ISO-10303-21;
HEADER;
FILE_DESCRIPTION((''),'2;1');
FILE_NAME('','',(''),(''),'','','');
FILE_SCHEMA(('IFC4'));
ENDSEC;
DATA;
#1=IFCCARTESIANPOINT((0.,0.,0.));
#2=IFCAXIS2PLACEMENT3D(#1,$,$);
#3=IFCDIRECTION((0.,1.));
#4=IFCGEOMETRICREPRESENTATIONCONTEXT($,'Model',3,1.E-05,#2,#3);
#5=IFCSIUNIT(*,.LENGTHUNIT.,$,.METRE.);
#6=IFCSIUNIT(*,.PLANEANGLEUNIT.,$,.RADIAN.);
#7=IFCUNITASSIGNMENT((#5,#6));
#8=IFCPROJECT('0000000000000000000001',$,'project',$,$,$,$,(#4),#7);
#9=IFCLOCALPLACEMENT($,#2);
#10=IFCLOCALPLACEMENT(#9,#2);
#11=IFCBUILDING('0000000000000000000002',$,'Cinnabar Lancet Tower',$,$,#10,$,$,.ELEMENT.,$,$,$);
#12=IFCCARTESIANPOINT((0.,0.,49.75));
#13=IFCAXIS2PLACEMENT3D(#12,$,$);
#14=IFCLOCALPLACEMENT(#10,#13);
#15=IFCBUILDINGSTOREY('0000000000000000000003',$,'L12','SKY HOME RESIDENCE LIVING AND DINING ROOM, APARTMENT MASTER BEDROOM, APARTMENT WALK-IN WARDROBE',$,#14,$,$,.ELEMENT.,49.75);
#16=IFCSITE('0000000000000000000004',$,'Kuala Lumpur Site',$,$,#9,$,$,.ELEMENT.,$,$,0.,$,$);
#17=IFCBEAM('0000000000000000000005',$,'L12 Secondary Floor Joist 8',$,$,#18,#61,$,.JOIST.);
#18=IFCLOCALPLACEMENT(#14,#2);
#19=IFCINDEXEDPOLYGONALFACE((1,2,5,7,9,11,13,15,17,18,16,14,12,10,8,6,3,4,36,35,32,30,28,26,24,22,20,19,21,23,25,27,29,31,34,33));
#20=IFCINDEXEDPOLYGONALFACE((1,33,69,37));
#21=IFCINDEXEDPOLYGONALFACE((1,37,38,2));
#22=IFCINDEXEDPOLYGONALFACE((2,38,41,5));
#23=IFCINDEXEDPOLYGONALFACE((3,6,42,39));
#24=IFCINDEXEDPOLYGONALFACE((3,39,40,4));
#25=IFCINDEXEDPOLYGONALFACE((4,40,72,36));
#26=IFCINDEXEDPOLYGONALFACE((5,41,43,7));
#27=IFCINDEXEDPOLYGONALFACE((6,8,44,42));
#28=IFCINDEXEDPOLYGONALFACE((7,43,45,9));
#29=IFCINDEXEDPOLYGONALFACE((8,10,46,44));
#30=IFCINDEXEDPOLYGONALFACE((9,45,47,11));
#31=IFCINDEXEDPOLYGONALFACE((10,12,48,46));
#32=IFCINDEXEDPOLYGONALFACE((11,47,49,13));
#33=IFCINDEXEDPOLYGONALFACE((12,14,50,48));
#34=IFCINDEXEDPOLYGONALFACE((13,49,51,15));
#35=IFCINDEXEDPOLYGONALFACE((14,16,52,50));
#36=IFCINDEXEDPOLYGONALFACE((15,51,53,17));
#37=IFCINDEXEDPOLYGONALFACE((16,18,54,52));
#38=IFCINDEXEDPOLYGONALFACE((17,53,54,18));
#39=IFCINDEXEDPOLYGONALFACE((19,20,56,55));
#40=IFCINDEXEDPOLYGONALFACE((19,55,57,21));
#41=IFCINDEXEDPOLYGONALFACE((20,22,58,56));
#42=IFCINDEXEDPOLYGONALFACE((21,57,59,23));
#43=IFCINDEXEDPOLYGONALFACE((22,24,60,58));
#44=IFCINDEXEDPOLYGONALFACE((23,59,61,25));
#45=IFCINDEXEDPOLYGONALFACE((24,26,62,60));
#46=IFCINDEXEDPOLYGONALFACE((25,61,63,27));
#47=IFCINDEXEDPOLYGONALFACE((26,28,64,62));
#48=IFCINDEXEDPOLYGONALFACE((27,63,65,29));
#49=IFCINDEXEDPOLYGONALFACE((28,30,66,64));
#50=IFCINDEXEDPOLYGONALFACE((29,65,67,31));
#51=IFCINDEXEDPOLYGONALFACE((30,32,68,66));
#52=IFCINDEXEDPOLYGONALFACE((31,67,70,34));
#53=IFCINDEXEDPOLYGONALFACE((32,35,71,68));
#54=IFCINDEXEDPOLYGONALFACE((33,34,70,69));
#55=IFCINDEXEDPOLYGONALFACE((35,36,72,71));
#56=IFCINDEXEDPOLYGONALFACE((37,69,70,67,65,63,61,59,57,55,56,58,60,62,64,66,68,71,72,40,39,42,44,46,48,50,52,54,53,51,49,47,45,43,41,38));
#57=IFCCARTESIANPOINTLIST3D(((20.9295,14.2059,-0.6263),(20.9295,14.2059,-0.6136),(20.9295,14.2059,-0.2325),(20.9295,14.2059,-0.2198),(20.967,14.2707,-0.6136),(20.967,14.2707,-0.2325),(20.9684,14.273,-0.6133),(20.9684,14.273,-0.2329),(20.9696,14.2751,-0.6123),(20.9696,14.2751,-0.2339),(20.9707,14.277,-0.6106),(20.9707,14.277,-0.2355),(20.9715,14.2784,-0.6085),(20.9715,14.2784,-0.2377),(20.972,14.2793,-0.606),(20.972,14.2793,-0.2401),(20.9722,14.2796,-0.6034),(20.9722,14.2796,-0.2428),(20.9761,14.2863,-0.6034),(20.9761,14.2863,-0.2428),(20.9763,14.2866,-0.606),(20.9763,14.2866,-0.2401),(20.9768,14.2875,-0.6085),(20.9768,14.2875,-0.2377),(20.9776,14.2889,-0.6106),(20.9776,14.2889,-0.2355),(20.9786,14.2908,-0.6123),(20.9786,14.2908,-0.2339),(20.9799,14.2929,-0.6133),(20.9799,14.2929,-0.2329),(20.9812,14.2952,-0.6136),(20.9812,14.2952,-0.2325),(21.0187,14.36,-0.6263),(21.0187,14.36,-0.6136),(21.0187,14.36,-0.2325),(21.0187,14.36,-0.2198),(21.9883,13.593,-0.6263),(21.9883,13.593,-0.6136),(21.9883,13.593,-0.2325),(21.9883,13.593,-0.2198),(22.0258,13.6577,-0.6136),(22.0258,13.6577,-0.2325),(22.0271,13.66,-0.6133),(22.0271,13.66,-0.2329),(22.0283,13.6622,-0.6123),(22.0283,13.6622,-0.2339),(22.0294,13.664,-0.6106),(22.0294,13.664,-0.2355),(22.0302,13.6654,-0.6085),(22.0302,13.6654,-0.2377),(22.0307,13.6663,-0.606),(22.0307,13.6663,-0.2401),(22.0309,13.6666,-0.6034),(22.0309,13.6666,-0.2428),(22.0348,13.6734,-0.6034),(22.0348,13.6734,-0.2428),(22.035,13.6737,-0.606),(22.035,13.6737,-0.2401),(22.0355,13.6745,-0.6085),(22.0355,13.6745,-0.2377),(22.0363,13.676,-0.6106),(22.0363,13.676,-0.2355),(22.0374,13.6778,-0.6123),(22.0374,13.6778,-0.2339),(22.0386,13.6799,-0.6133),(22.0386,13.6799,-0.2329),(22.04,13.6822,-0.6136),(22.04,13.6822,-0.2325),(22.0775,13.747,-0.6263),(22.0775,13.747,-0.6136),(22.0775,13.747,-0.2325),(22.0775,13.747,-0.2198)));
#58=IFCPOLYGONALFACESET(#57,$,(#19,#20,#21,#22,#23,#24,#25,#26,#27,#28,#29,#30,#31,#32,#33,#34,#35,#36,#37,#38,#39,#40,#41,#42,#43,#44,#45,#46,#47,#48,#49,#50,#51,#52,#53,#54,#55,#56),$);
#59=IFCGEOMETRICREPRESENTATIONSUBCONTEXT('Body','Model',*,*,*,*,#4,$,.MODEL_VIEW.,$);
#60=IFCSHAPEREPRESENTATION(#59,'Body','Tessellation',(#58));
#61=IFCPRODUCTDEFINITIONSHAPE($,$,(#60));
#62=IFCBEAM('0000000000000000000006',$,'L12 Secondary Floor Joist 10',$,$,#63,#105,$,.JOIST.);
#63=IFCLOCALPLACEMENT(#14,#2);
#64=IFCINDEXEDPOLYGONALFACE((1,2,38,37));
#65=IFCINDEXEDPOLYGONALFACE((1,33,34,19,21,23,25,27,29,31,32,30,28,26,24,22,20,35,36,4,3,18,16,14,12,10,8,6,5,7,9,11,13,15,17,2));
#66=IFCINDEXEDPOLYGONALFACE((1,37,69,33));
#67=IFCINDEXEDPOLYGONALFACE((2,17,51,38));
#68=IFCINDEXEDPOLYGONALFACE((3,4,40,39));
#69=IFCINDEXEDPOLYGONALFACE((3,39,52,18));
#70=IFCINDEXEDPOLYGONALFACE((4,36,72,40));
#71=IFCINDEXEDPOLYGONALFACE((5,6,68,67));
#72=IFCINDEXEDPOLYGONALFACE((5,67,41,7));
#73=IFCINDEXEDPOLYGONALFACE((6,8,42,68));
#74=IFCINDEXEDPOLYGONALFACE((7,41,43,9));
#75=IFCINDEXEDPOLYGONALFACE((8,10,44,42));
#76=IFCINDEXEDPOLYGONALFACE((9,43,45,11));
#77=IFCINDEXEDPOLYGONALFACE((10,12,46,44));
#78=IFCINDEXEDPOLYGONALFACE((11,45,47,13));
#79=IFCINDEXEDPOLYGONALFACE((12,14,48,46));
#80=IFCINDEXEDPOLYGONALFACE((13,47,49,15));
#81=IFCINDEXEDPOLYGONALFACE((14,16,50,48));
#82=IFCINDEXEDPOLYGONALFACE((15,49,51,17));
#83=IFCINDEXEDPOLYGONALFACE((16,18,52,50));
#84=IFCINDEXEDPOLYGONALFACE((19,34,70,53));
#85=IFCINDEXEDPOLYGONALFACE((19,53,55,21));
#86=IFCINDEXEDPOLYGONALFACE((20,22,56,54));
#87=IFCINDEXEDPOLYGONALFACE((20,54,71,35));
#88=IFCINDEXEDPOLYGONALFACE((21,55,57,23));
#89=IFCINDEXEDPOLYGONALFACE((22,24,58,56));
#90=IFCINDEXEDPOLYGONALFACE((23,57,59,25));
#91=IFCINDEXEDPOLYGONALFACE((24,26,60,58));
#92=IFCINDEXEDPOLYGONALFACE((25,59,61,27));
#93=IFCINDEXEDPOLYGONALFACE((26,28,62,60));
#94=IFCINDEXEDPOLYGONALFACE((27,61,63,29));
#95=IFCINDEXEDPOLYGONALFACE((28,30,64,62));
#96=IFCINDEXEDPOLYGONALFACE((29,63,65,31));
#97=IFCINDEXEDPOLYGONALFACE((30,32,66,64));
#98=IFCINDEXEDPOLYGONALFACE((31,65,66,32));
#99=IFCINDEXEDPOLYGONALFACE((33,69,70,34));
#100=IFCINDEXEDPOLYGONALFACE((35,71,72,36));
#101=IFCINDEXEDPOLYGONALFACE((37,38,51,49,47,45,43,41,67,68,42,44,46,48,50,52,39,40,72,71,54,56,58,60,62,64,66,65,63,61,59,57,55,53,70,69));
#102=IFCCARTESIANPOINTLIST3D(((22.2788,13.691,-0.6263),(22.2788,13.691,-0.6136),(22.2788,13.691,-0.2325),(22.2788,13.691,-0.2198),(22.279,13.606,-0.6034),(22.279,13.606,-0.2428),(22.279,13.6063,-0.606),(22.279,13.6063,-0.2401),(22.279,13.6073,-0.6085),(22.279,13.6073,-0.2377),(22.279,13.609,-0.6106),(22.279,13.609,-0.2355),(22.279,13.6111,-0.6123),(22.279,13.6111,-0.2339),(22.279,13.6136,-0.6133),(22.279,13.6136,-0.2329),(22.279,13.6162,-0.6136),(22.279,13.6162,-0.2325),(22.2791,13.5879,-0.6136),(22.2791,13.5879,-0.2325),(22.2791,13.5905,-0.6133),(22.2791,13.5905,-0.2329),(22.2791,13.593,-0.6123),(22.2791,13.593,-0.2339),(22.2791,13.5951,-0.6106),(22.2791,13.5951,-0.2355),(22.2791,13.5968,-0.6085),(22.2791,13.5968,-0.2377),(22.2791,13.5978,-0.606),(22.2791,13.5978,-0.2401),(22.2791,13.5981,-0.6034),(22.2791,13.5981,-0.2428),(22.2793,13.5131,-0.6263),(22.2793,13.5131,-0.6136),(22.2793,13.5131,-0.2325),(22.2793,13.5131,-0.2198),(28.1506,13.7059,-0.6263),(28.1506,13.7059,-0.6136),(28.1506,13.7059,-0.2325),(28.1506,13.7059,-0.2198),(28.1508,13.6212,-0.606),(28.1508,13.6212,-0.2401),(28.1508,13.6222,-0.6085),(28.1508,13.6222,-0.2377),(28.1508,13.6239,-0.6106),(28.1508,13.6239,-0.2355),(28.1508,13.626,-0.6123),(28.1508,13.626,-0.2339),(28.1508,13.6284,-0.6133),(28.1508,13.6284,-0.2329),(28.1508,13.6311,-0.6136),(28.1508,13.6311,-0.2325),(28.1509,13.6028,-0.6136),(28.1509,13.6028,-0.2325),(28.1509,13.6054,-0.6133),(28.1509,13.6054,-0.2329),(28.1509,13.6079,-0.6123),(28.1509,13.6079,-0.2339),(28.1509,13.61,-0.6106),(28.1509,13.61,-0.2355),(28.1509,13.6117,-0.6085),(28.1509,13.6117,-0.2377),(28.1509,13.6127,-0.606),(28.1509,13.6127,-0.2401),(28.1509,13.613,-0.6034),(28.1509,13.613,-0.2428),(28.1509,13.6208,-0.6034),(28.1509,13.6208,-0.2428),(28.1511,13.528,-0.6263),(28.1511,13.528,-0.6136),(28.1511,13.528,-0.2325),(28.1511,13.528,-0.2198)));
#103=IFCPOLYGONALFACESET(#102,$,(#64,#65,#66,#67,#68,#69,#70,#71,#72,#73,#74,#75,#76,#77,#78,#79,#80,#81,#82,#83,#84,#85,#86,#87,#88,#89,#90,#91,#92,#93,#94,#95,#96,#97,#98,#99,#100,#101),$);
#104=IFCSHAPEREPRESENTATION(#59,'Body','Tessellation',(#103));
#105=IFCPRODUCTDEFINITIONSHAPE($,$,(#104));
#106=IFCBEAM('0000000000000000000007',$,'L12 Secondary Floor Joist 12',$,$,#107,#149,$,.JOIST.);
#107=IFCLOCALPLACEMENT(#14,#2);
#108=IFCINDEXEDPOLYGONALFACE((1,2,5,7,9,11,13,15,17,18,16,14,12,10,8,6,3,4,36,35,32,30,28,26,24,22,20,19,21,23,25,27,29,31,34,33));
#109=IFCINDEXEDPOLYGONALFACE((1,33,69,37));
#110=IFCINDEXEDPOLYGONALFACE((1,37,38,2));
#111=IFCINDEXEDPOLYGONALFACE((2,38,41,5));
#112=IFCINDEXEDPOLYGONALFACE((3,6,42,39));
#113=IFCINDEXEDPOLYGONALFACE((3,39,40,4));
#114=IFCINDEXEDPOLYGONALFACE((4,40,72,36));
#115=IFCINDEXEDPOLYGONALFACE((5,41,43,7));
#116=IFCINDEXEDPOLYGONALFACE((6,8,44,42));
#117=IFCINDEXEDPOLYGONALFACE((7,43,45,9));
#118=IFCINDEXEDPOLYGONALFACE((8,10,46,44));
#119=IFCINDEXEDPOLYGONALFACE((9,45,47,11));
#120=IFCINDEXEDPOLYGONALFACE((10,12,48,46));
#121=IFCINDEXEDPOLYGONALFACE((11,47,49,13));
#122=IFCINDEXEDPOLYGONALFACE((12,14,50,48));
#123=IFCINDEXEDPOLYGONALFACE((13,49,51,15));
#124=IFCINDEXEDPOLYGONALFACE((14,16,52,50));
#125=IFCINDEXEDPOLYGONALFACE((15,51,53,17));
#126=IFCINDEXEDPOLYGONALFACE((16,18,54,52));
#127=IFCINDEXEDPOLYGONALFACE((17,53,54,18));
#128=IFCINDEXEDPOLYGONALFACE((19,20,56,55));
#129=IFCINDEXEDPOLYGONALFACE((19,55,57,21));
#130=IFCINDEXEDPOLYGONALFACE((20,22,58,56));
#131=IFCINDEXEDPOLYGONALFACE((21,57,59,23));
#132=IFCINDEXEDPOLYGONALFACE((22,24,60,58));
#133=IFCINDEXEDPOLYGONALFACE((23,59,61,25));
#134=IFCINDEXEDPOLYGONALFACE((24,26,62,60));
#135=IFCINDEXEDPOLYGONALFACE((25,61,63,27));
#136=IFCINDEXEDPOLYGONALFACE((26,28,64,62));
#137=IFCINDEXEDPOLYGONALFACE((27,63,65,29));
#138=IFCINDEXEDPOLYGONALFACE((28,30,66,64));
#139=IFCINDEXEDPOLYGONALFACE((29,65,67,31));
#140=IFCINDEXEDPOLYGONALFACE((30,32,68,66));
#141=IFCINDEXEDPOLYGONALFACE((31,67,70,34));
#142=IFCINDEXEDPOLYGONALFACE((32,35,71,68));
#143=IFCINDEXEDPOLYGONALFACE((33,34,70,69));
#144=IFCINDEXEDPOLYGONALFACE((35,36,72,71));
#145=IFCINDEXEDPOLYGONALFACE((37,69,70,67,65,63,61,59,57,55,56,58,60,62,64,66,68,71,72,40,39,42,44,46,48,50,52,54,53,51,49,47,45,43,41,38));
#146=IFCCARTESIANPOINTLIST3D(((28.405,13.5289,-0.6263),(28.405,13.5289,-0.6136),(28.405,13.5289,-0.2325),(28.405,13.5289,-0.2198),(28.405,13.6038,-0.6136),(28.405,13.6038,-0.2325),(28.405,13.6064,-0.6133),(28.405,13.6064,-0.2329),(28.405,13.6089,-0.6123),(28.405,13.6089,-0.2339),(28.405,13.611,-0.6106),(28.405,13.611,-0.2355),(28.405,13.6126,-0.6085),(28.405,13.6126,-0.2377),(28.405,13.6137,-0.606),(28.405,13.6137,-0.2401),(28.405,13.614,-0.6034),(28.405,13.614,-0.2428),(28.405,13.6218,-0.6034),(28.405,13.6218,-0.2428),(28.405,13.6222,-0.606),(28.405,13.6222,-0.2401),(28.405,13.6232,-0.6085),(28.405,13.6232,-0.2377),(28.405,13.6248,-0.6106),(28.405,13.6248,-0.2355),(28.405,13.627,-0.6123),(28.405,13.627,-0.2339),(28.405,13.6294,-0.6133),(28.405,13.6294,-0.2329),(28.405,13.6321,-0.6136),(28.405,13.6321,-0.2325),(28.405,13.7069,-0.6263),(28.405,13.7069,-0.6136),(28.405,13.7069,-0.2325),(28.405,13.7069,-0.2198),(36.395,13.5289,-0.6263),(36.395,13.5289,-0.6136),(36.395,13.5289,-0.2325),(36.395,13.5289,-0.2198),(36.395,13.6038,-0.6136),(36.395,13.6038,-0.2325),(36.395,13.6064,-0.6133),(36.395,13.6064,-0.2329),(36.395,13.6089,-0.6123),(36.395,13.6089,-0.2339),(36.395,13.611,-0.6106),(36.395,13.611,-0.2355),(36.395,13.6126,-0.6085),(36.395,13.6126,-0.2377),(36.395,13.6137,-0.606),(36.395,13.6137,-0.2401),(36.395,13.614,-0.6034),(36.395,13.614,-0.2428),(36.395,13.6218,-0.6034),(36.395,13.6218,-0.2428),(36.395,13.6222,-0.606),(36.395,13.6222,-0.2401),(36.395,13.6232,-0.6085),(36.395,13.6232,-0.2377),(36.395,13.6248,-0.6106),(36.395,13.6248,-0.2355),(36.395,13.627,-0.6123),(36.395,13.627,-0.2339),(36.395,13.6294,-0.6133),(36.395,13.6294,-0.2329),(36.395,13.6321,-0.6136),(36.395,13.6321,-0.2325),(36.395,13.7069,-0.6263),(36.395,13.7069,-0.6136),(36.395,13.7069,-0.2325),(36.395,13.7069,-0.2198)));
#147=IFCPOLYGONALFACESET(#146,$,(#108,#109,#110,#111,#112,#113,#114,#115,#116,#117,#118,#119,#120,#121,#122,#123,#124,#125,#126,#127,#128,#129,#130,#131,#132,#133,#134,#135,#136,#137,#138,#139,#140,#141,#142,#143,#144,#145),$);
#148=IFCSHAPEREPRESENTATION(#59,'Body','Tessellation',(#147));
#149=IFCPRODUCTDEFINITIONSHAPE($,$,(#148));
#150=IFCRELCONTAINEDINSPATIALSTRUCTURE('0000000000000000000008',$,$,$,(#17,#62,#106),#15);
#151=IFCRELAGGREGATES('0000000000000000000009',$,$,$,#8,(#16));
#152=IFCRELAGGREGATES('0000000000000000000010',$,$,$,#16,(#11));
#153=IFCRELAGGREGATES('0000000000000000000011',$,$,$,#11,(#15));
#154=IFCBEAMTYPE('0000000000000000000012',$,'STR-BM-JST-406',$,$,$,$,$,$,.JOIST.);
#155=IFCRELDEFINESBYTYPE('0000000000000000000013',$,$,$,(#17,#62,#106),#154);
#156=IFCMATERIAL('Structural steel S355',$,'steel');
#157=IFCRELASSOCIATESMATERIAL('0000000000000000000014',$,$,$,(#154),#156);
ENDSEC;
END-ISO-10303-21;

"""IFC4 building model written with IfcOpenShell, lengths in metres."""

from ifc_helpers import new_model, si_unit, direction, frame, origin, origin_2d, place, context, subcontext, project, spatial, i_section, extrude, material, material_profile, profile_set, type_object, element, save


model = new_model("IFC4")

# Units and contexts
model_context = context("Model", 3, precision=1e-05, world=origin(), true_north=direction((0.0, 1.0)))
body_context = subcontext(model_context, "Body", "Model", "MODEL_VIEW")
ifc_project = project(units=[si_unit("LENGTHUNIT", "METRE"), si_unit("PLANEANGLEUNIT", "RADIAN")], contexts=[model_context])

# Site, building, storey
site_placement = place(None, origin())
site = spatial("IfcSite", under=ifc_project, at=site_placement, Name="Kuala Lumpur Site", CompositionType="ELEMENT", RefElevation=0.0)
building_placement = place(site_placement, origin())
building = spatial("IfcBuilding", under=site, at=building_placement, Name="Cinnabar Lancet Tower", CompositionType="ELEMENT")
storey_placement = place(building_placement, frame((0.0, 0.0, 49.75)))
storey = spatial("IfcBuildingStorey", under=building, at=storey_placement, Name="L12", Description="SKY HOME RESIDENCE LIVING AND DINING ROOM, APARTMENT MASTER BEDROOM, APARTMENT WALK-IN WARDROBE", CompositionType="ELEMENT", Elevation=49.75)

# Beams
ifc_material_1 = material(Name="Structural steel S355", Category="steel")
ifc_material_profile_1 = material_profile(ifc_material_1, i_section(OverallWidth=0.178, OverallDepth=0.4065, WebThickness=0.0078, FlangeThickness=0.0127, FilletRadius=0.0103, at=origin_2d()), Name="UKB 406x178x60")
ifc_profile_set_1 = profile_set([ifc_material_profile_1], Name="Structural steel S355")
beam_type_1 = type_object("IfcBeamType", Name="STR-BM-JST-406", PredefinedType="JOIST", material=ifc_profile_set_1)
beam_1_placement = place(storey_placement, frame((20.9741, 14.283, -0.4231), z_axis=(0.865417, -0.501052, 0.0), x_axis=(0.501052, 0.865417, 0.0)))
element("IfcBeam", 1, at=beam_1_placement, inside=storey, type_object=beam_type_1, Name="L12 Secondary Floor Joist 8", PredefinedType="JOIST", context=body_context, shape_type="SweptSolid", body=[
    extrude(i_section(OverallWidth=0.178, OverallDepth=0.4065, WebThickness=0.0078, FlangeThickness=0.0127, FilletRadius=0.0103, at=origin_2d()), origin(), (0.0, 0.0, 1.0), 1.2234),
])
beam_2_placement = place(storey_placement, frame((22.2791, 13.6021, -0.4231), z_axis=(0.999997, 0.002536, 0.0), x_axis=(-0.002536, 0.999997, 0.0)))
element("IfcBeam", 2, at=beam_2_placement, inside=storey, type_object=beam_type_1, Name="L12 Secondary Floor Joist 10", PredefinedType="JOIST", context=body_context, shape_type="SweptSolid", body=[
    extrude(i_section(OverallWidth=0.178, OverallDepth=0.4065, WebThickness=0.0078, FlangeThickness=0.0127, FilletRadius=0.0103, at=origin_2d()), origin(), (0.0, 0.0, 1.0), 5.8718),
])
beam_3_placement = place(storey_placement, frame((28.405, 13.6179, -0.4231), z_axis=(1.0, 0.0, 0.0), x_axis=(0.0, 1.0, 0.0)))
element("IfcBeam", 3, at=beam_3_placement, inside=storey, type_object=beam_type_1, Name="L12 Secondary Floor Joist 12", PredefinedType="JOIST", context=body_context, shape_type="SweptSolid", body=[
    extrude(i_section(OverallWidth=0.178, OverallDepth=0.4065, WebThickness=0.0078, FlangeThickness=0.0127, FilletRadius=0.0103, at=origin_2d()), origin(), (0.0, 0.0, 1.0), 7.99),
])

save(model, "model.ifc")
